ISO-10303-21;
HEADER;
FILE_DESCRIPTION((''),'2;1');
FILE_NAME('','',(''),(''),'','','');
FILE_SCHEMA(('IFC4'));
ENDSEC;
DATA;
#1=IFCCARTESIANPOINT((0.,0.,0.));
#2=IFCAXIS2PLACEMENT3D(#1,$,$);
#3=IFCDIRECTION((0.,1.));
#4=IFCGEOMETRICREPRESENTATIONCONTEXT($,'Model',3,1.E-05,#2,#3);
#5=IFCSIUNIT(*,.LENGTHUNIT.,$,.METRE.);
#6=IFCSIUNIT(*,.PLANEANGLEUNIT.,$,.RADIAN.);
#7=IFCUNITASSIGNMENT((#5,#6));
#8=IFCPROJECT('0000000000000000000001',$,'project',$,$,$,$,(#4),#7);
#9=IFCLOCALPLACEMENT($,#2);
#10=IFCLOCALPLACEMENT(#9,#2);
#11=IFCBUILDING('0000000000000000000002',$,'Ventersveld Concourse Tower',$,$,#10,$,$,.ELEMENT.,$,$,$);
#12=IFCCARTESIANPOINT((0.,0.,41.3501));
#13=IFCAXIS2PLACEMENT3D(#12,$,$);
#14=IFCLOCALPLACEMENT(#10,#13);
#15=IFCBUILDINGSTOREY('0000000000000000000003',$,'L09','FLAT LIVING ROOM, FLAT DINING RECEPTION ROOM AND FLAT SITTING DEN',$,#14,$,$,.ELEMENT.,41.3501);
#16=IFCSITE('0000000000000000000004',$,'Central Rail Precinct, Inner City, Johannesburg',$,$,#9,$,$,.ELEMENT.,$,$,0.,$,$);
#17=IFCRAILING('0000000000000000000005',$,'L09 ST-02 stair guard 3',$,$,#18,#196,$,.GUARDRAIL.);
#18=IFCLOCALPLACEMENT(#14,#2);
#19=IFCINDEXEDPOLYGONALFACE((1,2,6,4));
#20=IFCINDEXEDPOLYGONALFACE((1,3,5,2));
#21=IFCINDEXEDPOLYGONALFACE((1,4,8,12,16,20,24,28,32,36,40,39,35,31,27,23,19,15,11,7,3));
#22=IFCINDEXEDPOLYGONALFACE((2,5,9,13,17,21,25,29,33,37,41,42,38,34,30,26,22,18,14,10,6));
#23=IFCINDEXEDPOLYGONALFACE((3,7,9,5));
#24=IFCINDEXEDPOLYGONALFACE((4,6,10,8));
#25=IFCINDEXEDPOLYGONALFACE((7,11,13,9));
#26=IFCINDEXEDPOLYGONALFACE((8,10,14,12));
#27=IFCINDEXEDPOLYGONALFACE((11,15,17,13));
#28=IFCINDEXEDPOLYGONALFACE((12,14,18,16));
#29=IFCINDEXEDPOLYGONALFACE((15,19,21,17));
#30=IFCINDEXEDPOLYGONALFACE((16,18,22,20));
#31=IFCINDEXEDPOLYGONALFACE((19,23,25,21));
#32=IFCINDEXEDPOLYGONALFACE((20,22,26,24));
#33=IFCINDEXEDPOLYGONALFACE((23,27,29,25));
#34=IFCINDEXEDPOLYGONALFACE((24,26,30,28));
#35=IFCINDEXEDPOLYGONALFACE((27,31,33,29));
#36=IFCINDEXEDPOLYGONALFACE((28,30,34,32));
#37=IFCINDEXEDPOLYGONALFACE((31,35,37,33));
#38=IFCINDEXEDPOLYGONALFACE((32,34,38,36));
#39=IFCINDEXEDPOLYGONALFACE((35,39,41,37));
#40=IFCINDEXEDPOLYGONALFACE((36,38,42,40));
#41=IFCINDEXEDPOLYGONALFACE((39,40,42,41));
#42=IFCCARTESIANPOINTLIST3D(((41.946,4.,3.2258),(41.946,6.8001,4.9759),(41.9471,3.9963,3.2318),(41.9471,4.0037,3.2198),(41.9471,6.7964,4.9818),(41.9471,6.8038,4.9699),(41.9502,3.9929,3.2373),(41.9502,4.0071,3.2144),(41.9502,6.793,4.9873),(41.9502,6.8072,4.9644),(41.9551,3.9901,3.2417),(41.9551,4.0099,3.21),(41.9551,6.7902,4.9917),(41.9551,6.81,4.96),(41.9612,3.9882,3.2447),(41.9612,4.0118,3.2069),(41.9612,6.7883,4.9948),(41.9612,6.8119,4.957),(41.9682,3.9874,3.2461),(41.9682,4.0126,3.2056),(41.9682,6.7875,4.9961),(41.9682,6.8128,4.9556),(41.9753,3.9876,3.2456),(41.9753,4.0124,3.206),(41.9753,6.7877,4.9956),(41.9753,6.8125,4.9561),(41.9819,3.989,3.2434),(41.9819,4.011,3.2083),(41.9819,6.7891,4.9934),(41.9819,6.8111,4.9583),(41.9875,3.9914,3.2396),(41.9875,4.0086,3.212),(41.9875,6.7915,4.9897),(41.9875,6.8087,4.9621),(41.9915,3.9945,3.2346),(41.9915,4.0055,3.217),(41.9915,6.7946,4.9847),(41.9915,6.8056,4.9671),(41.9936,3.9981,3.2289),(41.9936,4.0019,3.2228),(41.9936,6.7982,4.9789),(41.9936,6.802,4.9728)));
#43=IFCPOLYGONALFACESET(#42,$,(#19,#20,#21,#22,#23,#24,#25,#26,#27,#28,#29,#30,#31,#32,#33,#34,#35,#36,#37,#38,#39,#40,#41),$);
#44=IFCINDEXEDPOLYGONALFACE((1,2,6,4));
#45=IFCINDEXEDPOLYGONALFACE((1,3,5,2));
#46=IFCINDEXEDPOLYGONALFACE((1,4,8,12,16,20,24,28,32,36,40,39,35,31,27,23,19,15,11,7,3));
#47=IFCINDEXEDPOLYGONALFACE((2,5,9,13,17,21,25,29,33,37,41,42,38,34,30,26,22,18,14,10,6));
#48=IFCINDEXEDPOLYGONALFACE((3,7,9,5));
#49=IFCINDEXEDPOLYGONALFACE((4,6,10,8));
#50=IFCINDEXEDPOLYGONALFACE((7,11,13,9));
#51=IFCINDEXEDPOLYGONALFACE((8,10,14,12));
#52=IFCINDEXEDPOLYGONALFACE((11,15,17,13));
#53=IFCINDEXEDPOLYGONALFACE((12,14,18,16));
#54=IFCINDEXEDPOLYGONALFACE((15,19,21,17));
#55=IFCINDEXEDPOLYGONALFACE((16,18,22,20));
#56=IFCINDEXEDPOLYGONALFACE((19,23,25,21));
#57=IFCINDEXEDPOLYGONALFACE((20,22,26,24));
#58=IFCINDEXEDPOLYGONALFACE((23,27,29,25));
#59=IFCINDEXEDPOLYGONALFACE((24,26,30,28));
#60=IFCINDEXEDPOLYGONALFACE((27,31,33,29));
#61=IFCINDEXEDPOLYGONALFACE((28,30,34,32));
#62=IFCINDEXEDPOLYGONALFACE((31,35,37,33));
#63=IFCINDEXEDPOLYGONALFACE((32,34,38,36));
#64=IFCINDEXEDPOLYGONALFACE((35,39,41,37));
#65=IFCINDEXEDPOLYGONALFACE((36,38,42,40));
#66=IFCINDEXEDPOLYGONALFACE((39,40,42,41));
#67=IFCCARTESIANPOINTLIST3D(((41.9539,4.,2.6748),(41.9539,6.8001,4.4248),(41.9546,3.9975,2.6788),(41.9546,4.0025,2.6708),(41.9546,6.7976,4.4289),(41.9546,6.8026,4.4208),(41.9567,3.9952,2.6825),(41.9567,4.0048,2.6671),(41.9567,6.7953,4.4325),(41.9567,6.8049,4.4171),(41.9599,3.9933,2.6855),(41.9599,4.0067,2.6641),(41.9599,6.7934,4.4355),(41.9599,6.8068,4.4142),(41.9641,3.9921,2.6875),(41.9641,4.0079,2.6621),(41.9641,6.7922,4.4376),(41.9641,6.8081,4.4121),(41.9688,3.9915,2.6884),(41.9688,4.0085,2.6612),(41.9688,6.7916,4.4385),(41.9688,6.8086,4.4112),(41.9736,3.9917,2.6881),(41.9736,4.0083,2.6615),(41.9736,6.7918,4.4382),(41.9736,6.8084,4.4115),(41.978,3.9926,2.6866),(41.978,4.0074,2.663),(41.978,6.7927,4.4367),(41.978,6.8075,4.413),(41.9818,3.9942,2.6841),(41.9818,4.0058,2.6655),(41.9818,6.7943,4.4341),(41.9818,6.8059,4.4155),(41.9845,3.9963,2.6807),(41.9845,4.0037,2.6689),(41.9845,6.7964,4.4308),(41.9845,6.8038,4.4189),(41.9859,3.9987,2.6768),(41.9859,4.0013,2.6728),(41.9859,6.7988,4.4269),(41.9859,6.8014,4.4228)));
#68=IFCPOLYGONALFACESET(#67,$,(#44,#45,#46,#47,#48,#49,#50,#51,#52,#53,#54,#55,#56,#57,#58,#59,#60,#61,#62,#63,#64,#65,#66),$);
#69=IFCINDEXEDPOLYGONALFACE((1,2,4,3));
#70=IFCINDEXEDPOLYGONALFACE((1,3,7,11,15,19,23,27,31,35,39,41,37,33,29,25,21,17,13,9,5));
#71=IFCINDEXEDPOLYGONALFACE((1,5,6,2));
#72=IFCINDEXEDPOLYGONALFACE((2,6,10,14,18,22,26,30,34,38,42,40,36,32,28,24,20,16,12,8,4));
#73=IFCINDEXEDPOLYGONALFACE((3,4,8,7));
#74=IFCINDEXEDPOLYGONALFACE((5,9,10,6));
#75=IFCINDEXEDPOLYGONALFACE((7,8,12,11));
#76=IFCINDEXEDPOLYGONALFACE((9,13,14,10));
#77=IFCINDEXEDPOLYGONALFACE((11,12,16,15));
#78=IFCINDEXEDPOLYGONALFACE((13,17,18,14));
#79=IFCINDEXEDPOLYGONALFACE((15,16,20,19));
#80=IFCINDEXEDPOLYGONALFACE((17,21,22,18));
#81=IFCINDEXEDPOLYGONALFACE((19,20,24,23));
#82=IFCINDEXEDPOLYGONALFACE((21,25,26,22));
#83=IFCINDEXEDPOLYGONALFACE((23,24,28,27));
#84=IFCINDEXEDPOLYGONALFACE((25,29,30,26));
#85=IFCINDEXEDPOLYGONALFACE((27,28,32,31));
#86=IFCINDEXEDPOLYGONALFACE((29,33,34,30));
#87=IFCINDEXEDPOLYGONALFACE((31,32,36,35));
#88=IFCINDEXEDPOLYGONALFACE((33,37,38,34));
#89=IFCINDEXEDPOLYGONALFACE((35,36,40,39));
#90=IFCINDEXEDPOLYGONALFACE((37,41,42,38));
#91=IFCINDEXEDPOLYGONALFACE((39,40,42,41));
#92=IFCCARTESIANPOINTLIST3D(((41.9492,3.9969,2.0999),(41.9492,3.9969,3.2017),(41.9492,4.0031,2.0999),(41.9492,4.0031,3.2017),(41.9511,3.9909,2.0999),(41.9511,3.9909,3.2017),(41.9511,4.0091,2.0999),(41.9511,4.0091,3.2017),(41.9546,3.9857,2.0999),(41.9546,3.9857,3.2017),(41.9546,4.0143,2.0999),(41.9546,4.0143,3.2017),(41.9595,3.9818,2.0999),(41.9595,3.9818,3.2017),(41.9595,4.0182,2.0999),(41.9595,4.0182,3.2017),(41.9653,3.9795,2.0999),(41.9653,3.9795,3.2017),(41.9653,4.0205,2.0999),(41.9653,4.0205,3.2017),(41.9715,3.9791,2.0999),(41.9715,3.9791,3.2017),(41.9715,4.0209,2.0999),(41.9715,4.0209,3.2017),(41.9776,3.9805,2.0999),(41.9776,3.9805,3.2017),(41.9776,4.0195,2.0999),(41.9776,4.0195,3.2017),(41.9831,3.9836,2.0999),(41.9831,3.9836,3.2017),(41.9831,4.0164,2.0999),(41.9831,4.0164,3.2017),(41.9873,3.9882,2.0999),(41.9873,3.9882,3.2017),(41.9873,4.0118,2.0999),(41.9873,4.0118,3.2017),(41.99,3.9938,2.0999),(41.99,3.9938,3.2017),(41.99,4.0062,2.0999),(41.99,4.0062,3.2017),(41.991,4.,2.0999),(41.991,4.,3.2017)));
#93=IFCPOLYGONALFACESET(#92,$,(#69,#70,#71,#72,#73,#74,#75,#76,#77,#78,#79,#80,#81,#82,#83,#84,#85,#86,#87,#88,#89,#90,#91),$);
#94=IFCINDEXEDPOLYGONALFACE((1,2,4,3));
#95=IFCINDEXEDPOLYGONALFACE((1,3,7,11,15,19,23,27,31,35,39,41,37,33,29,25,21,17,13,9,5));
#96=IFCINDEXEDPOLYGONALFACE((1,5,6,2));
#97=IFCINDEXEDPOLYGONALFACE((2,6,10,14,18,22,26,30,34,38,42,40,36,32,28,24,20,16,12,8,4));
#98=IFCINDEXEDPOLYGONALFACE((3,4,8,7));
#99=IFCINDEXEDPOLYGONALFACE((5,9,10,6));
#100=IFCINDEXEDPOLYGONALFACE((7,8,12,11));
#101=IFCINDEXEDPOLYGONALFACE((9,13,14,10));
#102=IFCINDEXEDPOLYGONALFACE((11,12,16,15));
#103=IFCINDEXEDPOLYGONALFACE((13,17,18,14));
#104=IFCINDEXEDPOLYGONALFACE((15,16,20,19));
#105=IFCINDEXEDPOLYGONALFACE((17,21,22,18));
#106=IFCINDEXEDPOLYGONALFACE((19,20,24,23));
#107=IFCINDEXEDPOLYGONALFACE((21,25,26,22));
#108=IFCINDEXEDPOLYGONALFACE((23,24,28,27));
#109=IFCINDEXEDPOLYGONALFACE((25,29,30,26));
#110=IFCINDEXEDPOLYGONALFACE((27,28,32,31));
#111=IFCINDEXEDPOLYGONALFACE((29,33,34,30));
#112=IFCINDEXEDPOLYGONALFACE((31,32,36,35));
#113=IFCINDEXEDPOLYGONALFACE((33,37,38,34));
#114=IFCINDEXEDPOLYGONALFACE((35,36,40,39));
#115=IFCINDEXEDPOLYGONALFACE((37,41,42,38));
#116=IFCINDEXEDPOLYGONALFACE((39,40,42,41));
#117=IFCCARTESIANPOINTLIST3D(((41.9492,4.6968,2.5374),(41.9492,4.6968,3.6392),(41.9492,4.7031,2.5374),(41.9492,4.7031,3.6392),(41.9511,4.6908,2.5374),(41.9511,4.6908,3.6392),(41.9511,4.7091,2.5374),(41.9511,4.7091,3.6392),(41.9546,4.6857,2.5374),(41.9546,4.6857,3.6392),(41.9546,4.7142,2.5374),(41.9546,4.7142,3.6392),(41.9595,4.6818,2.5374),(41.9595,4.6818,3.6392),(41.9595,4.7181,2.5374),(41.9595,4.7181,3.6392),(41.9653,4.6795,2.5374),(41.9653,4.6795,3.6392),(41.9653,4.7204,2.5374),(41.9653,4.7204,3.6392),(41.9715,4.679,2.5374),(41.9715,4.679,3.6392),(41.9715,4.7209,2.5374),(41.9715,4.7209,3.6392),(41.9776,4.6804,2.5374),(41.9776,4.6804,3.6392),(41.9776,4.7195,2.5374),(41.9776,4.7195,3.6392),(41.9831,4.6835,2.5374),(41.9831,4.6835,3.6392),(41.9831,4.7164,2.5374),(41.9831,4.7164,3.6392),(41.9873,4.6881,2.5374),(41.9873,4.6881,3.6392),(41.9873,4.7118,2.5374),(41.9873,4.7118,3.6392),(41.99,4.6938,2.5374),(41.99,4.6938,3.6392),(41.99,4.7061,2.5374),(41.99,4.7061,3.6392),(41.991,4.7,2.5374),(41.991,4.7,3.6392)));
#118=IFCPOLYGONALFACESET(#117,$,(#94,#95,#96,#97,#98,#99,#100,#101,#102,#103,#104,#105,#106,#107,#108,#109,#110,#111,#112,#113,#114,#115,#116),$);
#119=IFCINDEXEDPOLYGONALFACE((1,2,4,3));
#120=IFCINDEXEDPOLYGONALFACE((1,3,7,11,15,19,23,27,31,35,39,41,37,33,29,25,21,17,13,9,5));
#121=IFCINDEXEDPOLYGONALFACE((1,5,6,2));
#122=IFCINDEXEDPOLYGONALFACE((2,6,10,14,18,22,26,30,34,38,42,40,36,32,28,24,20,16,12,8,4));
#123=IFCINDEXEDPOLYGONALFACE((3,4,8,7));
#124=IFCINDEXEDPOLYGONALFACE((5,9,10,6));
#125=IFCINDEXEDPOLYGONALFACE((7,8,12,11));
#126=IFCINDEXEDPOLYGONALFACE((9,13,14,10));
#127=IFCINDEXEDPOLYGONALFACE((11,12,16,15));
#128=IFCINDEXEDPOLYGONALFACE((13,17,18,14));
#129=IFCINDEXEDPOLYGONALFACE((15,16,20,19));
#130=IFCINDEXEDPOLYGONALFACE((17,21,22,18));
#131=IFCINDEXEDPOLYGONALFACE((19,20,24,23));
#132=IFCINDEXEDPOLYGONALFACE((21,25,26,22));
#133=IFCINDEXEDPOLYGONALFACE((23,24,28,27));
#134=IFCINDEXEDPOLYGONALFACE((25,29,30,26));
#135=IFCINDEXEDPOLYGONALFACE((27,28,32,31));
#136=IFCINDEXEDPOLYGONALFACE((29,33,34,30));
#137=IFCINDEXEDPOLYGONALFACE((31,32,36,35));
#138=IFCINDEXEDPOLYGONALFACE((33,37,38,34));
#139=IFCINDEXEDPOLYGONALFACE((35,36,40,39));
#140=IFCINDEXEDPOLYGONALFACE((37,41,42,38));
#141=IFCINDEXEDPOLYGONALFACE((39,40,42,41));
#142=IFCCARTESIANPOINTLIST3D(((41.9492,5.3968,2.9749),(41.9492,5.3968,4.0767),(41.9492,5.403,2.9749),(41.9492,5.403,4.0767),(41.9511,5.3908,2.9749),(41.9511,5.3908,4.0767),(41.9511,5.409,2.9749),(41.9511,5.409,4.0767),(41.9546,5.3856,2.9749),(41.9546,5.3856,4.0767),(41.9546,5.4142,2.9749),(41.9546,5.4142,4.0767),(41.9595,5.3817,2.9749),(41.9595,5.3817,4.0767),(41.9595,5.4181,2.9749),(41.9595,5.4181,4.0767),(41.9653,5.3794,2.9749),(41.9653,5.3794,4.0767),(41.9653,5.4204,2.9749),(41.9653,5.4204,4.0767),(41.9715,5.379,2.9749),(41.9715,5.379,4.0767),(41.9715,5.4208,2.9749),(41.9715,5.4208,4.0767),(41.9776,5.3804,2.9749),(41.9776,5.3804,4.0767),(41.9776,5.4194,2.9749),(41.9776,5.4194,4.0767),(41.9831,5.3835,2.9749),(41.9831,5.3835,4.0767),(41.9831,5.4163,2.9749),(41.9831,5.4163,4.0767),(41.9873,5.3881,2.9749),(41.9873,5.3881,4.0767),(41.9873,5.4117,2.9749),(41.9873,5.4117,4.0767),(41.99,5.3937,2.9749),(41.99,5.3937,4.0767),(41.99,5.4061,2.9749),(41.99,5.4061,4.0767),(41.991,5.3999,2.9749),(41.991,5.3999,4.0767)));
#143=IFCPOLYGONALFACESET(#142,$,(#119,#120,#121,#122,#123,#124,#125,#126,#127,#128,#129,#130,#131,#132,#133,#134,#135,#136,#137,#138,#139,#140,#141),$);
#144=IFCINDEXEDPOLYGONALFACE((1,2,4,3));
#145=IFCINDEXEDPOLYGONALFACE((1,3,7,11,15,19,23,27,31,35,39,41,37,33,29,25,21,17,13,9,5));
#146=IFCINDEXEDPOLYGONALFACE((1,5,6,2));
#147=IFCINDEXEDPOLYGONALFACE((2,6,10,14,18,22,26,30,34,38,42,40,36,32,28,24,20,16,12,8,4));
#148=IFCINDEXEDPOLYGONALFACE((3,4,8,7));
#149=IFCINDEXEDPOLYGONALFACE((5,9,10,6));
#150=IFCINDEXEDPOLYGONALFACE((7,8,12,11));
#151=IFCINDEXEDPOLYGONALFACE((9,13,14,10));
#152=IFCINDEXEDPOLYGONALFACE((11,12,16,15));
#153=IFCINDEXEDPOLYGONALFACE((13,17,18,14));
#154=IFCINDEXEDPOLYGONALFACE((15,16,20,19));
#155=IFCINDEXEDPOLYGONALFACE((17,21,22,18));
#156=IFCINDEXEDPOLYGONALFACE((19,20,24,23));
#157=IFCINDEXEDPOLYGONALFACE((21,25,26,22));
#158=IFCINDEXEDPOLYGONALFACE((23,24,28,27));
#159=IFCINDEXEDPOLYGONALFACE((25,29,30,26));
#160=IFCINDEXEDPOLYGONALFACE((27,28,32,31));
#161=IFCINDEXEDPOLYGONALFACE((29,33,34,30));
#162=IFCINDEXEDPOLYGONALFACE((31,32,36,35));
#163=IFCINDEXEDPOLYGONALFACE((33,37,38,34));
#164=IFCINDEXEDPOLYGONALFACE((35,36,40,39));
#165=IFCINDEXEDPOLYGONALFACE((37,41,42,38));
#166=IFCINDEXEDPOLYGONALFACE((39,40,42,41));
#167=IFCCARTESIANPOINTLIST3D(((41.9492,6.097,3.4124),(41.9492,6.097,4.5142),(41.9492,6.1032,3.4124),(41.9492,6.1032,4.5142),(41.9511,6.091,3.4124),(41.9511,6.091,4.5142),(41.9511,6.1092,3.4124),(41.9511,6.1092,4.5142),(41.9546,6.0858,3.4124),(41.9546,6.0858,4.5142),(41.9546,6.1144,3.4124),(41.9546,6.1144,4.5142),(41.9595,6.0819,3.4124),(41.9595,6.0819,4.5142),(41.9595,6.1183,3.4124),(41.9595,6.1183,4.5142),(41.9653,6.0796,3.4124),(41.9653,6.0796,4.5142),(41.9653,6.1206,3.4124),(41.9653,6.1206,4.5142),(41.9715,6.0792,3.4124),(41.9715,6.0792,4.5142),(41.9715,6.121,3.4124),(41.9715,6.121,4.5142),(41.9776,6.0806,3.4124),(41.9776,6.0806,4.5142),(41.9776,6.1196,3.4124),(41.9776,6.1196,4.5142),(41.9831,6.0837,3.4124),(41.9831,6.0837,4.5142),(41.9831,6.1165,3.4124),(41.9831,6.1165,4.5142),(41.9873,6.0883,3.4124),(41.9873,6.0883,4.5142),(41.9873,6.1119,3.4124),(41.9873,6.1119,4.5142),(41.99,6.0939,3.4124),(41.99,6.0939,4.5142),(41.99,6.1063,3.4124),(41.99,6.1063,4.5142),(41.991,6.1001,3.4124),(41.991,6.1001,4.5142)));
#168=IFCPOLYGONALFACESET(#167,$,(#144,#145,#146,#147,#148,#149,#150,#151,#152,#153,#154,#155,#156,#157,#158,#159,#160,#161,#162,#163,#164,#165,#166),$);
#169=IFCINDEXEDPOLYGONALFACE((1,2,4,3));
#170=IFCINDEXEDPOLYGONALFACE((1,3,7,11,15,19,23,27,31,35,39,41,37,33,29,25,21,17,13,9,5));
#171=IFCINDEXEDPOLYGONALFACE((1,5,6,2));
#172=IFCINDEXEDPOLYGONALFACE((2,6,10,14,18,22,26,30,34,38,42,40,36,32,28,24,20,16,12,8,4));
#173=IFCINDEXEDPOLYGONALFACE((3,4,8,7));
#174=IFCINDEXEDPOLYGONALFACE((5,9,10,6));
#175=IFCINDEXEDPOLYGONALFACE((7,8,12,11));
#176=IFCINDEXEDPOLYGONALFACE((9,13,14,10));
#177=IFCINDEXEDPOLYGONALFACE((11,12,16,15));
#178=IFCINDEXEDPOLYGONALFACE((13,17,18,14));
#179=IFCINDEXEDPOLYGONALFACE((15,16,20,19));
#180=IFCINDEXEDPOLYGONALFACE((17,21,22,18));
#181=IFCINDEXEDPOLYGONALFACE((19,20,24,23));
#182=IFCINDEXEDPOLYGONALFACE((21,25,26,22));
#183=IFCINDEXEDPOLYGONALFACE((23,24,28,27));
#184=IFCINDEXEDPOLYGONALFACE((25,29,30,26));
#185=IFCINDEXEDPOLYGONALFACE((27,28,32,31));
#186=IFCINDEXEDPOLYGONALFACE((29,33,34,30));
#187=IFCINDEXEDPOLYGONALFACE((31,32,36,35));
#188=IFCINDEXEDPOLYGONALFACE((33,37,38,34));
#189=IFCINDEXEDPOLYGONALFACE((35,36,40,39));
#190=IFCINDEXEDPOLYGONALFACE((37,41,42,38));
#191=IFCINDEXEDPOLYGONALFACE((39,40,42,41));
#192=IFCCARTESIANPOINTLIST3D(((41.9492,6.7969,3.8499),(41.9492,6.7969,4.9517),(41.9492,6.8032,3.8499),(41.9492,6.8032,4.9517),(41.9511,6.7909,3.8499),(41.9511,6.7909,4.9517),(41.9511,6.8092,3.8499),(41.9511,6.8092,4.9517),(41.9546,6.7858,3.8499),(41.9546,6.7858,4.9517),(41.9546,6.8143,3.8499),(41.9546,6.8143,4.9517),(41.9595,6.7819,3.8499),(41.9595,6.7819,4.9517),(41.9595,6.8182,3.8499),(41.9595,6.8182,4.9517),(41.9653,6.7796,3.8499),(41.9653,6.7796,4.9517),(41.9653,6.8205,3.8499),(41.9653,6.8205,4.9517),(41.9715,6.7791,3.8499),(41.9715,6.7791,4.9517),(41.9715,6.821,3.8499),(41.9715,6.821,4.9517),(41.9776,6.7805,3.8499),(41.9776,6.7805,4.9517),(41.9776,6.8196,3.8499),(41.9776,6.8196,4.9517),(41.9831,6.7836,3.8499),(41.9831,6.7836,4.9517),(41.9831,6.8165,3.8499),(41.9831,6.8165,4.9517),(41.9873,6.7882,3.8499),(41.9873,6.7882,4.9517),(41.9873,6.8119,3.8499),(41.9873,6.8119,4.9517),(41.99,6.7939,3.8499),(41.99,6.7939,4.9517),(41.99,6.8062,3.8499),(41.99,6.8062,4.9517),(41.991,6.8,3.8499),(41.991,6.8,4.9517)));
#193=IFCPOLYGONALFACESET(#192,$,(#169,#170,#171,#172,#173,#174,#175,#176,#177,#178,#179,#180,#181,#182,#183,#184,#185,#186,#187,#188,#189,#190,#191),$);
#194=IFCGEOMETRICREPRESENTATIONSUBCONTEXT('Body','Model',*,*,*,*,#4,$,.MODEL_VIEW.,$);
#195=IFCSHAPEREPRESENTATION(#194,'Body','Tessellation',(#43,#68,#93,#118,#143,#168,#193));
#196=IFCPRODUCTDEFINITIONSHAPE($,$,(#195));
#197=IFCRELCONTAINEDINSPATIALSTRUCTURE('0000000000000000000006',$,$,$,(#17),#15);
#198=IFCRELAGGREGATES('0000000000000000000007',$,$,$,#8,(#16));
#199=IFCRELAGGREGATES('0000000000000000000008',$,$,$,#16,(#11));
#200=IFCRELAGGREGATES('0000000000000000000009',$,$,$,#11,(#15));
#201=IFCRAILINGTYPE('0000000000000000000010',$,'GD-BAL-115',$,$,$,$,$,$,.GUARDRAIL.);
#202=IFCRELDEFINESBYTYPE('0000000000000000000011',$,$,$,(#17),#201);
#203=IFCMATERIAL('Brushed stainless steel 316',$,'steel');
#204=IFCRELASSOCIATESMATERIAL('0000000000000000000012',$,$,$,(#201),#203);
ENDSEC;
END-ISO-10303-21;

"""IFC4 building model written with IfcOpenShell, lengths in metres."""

from ifc_helpers import new_model, si_unit, direction, frame, origin, origin_2d, place, context, subcontext, project, spatial, circle, extrude, material, type_object, element, save


model = new_model("IFC4")

# Units and contexts
model_context = context("Model", 3, precision=1e-05, world=origin(), true_north=direction((0.0, 1.0)))
body_context = subcontext(model_context, "Body", "Model", "MODEL_VIEW")
ifc_project = project(units=[si_unit("LENGTHUNIT", "METRE"), si_unit("PLANEANGLEUNIT", "RADIAN")], contexts=[model_context])

# Site, building, storey
site_placement = place(None, origin())
site = spatial("IfcSite", under=ifc_project, at=site_placement, Name="Central Rail Precinct, Inner City, Johannesburg", CompositionType="ELEMENT", RefElevation=0.0)
building_placement = place(site_placement, origin())
building = spatial("IfcBuilding", under=site, at=building_placement, Name="Ventersveld Concourse Tower", CompositionType="ELEMENT")
storey_placement = place(building_placement, frame((0.0, 0.0, 41.3501)))
storey = spatial("IfcBuildingStorey", under=building, at=storey_placement, Name="L09", Description="FLAT LIVING ROOM, FLAT DINING RECEPTION ROOM AND FLAT SITTING DEN", CompositionType="ELEMENT", Elevation=41.3501)

# Railing
ifc_material_1 = material(Name="Brushed stainless steel 316", Category="steel")
railing_type_1 = type_object("IfcRailingType", Name="GD-BAL-115", PredefinedType="GUARDRAIL", material=ifc_material_1)
railing_1_placement = place(storey_placement, frame((41.97, 4.0, 2.0999)))
element("IfcRailing", 1, at=railing_1_placement, inside=storey, type_object=railing_type_1, Name="L09 ST-02 stair guard 3", PredefinedType="GUARDRAIL", context=body_context, shape_type="SweptSolid", body=[
    extrude(circle(Radius=0.0239, at=origin_2d()), frame((0.0, 0.0, 1.126), z_axis=(0.0, 0.848002, 0.529992), x_axis=(-1.0, 0.0, 0.0)), (0.0, 0.0, 1.0), 3.302),
    extrude(circle(Radius=0.0161, at=origin_2d()), frame((0.0, 0.0, 0.575), z_axis=(0.0, 0.848002, 0.529992), x_axis=(-1.0, 0.0, 0.0)), (0.0, 0.0, 1.0), 3.302),
    extrude(circle(Radius=0.021, at=origin_2d()), origin(), (0.0, 0.0, 1.0), 1.1018),
    extrude(circle(Radius=0.021, at=origin_2d()), frame((0.0, 0.7, 0.4375)), (0.0, 0.0, 1.0), 1.1018),
    extrude(circle(Radius=0.021, at=origin_2d()), frame((0.0, 1.3999, 0.875)), (0.0, 0.0, 1.0), 1.1018),
    extrude(circle(Radius=0.021, at=origin_2d()), frame((0.0, 2.1001, 1.3125)), (0.0, 0.0, 1.0), 1.1018),
    extrude(circle(Radius=0.021, at=origin_2d()), frame((0.0, 2.8, 1.75)), (0.0, 0.0, 1.0), 1.1018),
])

save(model, "model.ifc")
